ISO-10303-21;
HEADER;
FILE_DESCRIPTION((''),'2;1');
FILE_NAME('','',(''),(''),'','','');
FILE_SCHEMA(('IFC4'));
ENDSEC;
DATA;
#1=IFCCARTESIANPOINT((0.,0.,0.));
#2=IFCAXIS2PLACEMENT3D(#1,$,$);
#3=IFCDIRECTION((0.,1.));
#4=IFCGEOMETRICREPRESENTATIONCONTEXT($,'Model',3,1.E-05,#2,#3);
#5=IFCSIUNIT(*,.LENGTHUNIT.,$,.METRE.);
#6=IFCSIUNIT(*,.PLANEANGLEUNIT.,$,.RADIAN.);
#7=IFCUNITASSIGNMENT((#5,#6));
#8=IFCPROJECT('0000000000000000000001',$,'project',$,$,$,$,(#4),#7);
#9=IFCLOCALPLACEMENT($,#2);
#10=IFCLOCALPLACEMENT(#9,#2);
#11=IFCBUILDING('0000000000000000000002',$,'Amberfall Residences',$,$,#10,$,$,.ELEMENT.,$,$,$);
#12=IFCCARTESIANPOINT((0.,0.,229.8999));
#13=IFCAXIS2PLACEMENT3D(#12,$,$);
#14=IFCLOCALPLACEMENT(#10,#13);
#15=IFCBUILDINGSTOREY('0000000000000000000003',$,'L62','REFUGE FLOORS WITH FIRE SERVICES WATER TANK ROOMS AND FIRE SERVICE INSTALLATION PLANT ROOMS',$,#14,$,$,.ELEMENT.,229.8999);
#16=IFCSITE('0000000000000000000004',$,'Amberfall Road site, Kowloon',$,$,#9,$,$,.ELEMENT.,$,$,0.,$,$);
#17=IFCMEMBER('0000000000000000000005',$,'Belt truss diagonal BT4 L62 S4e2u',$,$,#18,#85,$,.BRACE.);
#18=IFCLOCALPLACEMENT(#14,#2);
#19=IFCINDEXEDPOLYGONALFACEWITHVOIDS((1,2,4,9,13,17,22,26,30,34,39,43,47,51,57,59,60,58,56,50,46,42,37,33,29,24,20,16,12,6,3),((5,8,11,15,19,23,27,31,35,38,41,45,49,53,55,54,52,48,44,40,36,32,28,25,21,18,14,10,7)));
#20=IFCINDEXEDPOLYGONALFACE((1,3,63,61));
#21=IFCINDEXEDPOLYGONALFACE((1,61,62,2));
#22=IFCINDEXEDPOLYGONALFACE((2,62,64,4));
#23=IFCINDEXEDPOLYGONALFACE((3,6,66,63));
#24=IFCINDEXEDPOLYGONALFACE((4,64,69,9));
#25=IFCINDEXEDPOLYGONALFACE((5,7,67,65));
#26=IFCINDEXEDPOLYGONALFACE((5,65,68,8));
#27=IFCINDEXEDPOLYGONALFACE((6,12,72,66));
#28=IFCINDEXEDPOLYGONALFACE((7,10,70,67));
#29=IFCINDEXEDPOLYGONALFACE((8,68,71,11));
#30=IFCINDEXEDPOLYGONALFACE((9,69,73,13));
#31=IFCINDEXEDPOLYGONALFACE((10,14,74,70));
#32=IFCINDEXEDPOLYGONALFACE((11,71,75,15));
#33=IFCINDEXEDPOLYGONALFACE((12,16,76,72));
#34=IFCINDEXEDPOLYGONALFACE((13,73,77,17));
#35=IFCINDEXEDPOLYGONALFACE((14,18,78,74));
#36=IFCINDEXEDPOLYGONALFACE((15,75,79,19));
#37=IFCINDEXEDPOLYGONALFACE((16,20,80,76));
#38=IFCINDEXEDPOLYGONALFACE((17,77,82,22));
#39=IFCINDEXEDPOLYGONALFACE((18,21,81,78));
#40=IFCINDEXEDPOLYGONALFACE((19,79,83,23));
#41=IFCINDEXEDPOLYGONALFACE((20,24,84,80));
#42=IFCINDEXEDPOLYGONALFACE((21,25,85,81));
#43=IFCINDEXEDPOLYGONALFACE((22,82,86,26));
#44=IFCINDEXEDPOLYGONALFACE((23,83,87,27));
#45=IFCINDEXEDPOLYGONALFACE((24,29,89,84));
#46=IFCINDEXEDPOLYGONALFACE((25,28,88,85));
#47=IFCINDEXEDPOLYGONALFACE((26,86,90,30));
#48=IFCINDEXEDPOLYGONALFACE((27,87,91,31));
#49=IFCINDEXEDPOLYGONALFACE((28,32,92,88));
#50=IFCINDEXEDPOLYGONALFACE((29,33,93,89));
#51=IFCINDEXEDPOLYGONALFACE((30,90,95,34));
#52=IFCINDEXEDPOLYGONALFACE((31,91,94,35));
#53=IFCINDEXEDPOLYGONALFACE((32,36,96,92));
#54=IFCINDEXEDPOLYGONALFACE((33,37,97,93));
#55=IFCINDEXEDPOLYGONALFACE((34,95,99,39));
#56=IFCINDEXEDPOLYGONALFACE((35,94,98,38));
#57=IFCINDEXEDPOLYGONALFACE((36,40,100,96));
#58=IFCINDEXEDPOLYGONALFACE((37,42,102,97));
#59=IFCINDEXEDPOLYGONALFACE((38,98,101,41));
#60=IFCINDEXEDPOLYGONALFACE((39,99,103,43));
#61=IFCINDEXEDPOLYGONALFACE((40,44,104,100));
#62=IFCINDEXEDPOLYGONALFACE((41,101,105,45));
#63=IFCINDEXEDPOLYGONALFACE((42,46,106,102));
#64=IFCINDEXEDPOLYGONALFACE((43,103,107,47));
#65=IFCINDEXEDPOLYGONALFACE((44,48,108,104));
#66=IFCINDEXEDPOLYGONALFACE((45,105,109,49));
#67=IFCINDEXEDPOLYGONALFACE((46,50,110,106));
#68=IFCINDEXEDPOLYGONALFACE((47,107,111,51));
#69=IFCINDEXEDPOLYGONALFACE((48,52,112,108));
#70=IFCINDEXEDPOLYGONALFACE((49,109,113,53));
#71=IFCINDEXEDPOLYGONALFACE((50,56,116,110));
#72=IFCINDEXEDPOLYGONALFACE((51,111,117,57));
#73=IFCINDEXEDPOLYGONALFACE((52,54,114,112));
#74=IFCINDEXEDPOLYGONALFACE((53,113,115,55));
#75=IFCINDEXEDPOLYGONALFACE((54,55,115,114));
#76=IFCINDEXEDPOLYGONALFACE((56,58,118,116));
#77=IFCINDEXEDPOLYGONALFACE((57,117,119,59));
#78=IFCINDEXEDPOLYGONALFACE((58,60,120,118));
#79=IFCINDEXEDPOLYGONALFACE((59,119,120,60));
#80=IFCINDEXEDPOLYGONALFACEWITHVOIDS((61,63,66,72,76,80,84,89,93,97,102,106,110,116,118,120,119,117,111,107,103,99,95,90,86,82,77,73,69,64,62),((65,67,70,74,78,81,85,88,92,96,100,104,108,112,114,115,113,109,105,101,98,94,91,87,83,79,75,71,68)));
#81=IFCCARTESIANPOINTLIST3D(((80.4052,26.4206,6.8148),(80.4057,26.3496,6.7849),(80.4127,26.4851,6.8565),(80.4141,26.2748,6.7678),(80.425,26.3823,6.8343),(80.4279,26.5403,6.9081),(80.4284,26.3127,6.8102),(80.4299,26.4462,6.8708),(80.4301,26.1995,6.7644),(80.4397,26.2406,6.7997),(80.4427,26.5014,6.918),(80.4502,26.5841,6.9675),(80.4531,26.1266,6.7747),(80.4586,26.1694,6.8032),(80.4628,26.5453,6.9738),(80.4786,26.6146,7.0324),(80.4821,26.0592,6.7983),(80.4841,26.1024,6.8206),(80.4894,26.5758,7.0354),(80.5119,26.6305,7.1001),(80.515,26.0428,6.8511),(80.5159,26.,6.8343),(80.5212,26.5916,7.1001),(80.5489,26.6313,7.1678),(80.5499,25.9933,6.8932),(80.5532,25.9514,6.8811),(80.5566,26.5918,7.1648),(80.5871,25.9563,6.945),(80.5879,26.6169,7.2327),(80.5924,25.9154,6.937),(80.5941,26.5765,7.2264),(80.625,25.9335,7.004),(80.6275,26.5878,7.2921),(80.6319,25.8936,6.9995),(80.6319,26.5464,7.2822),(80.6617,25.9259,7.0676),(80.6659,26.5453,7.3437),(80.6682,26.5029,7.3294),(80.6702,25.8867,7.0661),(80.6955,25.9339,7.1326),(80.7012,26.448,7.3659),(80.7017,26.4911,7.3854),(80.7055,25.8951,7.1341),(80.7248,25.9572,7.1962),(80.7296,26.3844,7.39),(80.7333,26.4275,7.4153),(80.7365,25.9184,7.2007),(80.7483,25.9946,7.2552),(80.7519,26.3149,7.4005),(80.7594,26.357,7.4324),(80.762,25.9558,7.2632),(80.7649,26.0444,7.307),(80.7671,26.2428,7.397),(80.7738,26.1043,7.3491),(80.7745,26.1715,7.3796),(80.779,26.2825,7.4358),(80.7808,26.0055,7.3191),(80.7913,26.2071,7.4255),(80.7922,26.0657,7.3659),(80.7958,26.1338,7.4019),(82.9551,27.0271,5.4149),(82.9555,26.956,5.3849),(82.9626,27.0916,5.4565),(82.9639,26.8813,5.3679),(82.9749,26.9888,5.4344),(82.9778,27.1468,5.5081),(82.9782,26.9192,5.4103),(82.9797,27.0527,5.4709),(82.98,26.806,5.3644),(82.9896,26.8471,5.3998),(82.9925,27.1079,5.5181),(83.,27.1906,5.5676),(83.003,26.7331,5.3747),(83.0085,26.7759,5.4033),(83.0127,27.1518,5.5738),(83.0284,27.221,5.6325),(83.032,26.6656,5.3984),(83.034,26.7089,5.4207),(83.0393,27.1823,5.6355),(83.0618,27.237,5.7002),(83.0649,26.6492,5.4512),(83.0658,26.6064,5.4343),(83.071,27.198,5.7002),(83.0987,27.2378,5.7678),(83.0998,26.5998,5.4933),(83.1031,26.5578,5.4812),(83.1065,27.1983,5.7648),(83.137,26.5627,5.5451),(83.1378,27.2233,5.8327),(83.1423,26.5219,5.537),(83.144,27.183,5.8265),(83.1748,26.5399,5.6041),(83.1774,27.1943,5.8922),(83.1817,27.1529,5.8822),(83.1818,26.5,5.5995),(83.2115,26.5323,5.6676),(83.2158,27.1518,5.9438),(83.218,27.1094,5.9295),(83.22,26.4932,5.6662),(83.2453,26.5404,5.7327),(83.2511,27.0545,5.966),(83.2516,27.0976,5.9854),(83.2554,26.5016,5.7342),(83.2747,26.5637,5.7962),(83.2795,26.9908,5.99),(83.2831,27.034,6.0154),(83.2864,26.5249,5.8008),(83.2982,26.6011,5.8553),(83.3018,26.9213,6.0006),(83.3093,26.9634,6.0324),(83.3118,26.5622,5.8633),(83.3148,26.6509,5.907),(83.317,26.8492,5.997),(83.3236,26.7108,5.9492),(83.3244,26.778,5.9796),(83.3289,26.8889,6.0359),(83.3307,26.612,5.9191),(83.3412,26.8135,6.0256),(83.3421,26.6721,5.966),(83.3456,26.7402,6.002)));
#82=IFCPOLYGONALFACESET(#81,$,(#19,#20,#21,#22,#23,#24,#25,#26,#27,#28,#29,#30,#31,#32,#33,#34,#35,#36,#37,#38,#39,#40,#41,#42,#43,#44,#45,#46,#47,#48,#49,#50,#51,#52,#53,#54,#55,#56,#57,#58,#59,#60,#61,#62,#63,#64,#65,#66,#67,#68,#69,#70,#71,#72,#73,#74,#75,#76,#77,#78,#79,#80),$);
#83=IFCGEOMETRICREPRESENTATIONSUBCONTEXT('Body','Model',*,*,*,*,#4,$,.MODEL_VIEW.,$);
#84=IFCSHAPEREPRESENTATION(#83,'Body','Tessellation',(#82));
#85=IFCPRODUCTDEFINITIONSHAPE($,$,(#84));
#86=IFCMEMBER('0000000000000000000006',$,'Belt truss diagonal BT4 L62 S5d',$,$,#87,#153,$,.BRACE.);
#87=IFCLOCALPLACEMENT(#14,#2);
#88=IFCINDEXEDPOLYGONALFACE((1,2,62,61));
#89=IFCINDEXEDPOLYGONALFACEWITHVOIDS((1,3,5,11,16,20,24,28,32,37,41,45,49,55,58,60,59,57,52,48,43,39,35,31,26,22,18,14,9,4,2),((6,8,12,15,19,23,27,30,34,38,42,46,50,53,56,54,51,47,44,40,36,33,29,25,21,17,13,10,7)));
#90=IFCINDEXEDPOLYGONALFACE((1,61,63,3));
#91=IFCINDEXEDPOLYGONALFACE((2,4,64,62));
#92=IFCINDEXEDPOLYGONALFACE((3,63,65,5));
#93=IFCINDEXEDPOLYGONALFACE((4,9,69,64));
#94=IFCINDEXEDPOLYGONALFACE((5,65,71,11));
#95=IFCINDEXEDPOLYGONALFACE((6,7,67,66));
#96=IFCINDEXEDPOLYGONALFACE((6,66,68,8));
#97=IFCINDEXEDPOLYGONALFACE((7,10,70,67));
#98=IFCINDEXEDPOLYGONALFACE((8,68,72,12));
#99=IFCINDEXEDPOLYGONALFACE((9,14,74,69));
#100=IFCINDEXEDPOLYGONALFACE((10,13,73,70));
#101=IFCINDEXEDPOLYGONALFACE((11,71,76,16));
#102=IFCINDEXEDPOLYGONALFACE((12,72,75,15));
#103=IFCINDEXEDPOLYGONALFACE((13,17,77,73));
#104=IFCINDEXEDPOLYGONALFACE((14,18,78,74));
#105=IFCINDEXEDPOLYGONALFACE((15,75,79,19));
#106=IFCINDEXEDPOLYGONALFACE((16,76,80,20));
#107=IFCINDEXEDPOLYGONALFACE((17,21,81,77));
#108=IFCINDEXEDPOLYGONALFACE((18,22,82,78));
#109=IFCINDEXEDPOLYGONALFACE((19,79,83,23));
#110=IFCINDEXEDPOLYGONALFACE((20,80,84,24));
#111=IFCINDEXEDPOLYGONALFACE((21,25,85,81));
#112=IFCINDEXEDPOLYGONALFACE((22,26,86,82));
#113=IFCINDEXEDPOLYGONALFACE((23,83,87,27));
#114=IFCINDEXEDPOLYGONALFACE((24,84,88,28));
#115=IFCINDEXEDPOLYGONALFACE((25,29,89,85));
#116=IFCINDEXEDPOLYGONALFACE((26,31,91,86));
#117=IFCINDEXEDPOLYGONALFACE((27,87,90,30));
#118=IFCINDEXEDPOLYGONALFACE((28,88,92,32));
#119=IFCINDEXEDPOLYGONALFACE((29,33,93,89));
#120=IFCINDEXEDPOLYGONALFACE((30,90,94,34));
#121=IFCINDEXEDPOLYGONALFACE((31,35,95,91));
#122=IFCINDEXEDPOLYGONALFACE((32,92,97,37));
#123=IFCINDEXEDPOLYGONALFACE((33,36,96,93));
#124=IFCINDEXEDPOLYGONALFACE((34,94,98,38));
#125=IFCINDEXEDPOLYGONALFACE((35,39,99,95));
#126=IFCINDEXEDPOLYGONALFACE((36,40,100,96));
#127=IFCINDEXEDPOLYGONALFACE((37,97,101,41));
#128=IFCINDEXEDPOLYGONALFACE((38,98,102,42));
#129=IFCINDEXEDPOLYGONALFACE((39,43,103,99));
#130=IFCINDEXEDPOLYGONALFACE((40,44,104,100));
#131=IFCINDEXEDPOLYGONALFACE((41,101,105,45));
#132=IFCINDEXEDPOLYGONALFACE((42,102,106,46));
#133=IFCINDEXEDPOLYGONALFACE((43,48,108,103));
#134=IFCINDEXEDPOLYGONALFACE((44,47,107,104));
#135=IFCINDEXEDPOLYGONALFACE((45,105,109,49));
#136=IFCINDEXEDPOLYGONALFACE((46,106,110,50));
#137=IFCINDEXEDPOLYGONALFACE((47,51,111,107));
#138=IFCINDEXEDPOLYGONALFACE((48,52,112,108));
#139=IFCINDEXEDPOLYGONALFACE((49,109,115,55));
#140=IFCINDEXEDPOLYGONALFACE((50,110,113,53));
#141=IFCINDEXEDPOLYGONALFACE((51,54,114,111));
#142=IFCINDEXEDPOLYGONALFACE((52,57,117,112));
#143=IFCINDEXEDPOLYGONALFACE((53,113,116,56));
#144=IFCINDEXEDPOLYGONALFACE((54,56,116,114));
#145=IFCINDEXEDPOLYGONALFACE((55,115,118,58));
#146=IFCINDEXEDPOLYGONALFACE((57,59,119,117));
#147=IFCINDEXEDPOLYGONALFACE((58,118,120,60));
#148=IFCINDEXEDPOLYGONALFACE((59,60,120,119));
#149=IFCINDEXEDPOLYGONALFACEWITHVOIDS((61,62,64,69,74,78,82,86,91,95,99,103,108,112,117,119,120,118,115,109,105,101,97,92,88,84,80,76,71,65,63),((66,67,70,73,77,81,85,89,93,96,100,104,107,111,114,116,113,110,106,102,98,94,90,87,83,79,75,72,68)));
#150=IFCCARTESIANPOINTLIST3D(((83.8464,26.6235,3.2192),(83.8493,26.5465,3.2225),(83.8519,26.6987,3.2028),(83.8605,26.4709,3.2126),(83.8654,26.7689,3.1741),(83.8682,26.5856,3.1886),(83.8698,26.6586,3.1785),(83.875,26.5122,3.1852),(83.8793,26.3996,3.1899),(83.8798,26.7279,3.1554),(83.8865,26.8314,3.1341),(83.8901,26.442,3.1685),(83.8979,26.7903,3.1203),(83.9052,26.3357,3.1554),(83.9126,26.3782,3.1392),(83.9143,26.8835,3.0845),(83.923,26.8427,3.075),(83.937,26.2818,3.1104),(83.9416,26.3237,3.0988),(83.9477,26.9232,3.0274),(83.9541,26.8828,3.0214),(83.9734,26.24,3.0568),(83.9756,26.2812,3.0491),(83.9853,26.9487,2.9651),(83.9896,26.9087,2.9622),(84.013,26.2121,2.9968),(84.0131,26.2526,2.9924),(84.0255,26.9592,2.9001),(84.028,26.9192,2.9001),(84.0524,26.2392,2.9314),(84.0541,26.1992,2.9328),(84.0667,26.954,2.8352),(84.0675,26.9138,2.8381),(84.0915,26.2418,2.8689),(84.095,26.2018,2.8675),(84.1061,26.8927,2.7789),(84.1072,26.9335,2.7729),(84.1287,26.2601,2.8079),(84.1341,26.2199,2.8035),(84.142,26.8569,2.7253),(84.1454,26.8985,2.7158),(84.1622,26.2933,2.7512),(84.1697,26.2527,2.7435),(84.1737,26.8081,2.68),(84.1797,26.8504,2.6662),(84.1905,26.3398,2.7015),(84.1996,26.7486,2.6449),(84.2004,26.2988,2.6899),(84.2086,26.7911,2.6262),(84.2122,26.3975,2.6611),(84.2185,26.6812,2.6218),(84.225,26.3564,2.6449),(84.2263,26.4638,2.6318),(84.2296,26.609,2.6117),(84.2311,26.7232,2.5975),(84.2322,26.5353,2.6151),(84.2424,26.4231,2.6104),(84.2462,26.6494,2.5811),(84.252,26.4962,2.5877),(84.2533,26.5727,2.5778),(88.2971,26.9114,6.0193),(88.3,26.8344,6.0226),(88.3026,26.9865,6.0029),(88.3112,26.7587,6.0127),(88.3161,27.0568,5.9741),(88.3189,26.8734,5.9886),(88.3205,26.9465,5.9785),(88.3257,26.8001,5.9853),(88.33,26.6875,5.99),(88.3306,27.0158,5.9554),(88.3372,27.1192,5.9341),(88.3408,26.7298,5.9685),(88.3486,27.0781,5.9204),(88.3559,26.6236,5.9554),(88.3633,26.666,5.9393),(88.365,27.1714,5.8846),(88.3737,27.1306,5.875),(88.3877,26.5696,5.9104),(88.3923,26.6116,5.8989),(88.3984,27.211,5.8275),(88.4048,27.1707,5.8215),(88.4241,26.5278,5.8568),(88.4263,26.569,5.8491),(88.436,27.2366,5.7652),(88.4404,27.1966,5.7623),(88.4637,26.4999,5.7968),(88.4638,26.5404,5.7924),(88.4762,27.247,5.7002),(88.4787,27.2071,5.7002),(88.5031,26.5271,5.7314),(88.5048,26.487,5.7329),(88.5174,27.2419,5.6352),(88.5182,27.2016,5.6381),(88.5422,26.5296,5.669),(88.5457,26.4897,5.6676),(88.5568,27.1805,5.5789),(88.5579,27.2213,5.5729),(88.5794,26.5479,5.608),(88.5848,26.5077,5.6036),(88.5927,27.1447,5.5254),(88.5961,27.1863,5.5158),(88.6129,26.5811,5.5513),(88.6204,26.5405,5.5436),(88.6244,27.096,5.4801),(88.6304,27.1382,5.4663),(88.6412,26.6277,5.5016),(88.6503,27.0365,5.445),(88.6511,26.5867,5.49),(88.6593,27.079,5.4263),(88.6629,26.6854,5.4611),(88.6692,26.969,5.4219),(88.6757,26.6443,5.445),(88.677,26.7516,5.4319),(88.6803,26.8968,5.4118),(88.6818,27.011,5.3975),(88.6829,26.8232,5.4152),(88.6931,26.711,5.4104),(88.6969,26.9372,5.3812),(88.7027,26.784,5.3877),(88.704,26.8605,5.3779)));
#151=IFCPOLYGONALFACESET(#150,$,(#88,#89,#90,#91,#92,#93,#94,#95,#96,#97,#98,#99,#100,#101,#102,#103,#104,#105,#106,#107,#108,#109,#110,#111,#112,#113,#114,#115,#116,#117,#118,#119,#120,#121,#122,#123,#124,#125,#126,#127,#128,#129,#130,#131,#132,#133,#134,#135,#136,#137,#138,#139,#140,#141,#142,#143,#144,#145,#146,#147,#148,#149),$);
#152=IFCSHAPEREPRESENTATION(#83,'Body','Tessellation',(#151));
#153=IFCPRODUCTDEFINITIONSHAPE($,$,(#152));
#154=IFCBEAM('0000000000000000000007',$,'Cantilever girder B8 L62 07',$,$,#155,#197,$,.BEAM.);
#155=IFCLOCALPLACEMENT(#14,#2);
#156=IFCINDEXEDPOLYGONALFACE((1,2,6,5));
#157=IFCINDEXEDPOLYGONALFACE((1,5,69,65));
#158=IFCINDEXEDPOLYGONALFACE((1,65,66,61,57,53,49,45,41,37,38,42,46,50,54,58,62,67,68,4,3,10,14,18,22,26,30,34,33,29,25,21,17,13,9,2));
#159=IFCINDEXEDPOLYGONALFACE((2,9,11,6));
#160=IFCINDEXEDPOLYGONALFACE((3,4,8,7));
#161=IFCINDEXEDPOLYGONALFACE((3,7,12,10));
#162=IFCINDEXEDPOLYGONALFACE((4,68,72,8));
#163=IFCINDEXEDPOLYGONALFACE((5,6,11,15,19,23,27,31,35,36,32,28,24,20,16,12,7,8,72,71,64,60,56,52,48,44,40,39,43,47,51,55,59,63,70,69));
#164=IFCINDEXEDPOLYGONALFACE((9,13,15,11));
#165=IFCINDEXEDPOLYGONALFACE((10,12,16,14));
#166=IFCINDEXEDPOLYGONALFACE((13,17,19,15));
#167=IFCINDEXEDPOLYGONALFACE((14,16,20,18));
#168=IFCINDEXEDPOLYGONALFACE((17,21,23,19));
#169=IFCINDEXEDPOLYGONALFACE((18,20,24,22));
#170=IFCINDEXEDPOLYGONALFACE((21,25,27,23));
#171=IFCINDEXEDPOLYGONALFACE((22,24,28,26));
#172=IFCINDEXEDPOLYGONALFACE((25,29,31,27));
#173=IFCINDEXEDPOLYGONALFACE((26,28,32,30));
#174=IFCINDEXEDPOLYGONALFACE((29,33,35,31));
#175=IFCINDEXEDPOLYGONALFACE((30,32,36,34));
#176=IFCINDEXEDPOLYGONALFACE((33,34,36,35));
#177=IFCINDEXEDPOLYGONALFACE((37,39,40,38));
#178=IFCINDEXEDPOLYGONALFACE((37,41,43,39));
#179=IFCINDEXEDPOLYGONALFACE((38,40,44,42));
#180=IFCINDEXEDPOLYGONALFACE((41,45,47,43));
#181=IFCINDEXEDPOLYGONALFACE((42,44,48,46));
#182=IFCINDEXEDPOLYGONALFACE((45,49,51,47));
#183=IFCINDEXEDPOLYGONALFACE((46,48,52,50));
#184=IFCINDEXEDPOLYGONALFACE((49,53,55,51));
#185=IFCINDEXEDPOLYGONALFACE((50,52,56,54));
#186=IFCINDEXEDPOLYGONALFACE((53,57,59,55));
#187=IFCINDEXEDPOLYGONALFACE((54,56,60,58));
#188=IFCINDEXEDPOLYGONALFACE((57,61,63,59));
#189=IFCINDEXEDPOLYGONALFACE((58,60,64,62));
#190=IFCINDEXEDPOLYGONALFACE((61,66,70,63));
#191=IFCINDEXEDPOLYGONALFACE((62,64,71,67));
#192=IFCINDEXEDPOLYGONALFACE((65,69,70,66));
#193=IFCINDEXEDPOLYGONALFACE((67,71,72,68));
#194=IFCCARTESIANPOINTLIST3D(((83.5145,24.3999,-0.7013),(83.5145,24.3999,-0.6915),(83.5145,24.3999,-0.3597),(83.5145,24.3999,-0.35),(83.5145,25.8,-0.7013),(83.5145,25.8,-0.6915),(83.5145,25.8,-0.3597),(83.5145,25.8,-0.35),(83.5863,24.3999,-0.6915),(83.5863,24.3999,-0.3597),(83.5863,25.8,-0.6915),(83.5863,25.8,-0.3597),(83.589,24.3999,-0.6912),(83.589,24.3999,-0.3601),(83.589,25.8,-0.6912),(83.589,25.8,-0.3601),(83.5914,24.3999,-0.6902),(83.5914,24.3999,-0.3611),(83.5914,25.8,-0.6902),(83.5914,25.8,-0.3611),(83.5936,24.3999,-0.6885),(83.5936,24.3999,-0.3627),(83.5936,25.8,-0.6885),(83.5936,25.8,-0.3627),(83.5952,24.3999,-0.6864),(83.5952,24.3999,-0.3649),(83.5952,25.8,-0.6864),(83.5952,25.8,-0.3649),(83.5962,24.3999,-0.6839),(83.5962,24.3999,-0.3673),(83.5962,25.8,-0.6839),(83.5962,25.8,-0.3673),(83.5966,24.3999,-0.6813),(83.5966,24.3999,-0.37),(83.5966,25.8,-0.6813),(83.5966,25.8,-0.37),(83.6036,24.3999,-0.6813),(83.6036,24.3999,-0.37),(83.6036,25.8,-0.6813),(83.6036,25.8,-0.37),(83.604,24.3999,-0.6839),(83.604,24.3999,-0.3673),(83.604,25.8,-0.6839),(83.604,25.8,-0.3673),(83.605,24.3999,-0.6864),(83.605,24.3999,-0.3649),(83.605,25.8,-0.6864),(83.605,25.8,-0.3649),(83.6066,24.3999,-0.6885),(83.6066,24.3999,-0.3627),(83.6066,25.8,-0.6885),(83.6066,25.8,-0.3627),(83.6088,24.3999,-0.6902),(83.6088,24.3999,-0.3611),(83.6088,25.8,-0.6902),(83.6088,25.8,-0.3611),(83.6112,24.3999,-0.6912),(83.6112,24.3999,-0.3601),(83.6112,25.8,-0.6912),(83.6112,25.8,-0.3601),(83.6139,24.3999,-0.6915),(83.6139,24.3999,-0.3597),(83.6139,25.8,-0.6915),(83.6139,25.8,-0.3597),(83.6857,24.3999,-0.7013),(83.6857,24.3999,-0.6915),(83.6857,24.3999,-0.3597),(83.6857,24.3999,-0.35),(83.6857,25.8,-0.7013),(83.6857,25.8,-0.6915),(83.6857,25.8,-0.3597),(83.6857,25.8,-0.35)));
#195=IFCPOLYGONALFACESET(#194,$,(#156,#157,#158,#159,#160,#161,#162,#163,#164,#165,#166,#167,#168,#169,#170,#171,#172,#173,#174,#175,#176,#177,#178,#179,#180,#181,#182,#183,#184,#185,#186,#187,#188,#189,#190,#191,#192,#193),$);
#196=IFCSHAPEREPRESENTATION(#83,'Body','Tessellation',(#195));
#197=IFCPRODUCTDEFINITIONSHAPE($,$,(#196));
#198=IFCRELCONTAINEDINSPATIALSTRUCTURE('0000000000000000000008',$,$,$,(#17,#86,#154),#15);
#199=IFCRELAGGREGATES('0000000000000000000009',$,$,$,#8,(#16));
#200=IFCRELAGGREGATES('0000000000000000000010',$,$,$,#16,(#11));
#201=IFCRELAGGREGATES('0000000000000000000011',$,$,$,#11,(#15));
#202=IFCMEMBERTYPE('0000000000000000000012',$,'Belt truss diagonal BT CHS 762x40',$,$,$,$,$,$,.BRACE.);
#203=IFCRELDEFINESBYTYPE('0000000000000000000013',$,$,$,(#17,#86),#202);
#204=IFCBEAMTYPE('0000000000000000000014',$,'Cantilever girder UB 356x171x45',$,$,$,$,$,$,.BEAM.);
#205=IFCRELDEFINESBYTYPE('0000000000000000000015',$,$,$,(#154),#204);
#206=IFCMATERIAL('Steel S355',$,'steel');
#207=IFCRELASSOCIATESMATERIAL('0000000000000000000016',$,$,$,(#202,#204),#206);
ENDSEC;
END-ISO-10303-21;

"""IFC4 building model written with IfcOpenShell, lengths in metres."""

from ifc_helpers import new_model, si_unit, direction, frame, origin, origin_2d, place, context, subcontext, project, spatial, hollow_circle, i_section, extrude, material, material_profile, profile_set, type_object, element, save


model = new_model("IFC4")

# Units and contexts
model_context = context("Model", 3, precision=1e-05, world=origin(), true_north=direction((0.0, 1.0)))
body_context = subcontext(model_context, "Body", "Model", "MODEL_VIEW")
ifc_project = project(units=[si_unit("LENGTHUNIT", "METRE"), si_unit("PLANEANGLEUNIT", "RADIAN")], contexts=[model_context])

# Site, building, storey
site_placement = place(None, origin())
site = spatial("IfcSite", under=ifc_project, at=site_placement, Name="Amberfall Road site, Kowloon", CompositionType="ELEMENT", RefElevation=0.0)
building_placement = place(site_placement, origin())
building = spatial("IfcBuilding", under=site, at=building_placement, Name="Amberfall Residences", CompositionType="ELEMENT")
storey_placement = place(building_placement, frame((0.0, 0.0, 229.8999)))
storey = spatial("IfcBuildingStorey", under=building, at=storey_placement, Name="L62", Description="REFUGE FLOORS WITH FIRE SERVICES WATER TANK ROOMS AND FIRE SERVICE INSTALLATION PLANT ROOMS", CompositionType="ELEMENT", Elevation=229.8999)

# Shared definitions
ifc_material_1 = material(Name="Steel S355", Category="steel")

# Members
ifc_material_profile_1 = material_profile(ifc_material_1, hollow_circle(Radius=0.3811, WallThickness=0.04, at=origin_2d()), Name="CHS 762x40")
ifc_profile_set_1 = profile_set([ifc_material_profile_1], Name="Steel S355")
member_type = type_object("IfcMemberType", Name="Belt truss diagonal BT CHS 762x40", PredefinedType="BRACE", material=ifc_profile_set_1)
member_1_placement = place(storey_placement, frame((80.6001, 26.2598, 7.1001), z_axis=(0.858126, 0.204097, -0.471131), x_axis=(-0.231385, 0.972862, 0.0)))
element("IfcMember", 1, at=member_1_placement, inside=storey, type_object=member_type, Name="Belt truss diagonal BT4 L62 S4e2u", PredefinedType="BRACE", context=body_context, shape_type="SweptSolid", body=[
    extrude(hollow_circle(Radius=0.3811, WallThickness=0.04, at=origin_2d()), origin(), (0.0, 0.0, 1.0), 2.9714),
])
member_2_placement = place(storey_placement, frame((84.05, 26.5789, 2.9001), z_axis=(0.845159, 0.054659, 0.531713), x_axis=(-0.064539, 0.997915, 0.0)))
element("IfcMember", 2, at=member_2_placement, inside=storey, type_object=member_type, Name="Belt truss diagonal BT4 L62 S5d", PredefinedType="BRACE", context=body_context, shape_type="SweptSolid", body=[
    extrude(hollow_circle(Radius=0.3811, WallThickness=0.04, at=origin_2d()), origin(), (0.0, 0.0, 1.0), 5.2661),
])

# Beam
ifc_material_profile_2 = material_profile(ifc_material_1, i_section(OverallWidth=0.1711, OverallDepth=0.3513, WebThickness=0.0071, FlangeThickness=0.0098, FilletRadius=0.0103, at=origin_2d()), Name="UB 356x171x45")
ifc_profile_set_2 = profile_set([ifc_material_profile_2], Name="Steel S355")
beam_type_1 = type_object("IfcBeamType", Name="Cantilever girder UB 356x171x45", PredefinedType="BEAM", material=ifc_profile_set_2)
beam_1_placement = place(storey_placement, frame((83.6001, 25.8, -0.5256), z_axis=(0.0, -1.0, 0.0), x_axis=(1.0, 0.0, 0.0)))
element("IfcBeam", 3, at=beam_1_placement, inside=storey, type_object=beam_type_1, Name="Cantilever girder B8 L62 07", PredefinedType="BEAM", context=body_context, shape_type="SweptSolid", body=[
    extrude(i_section(OverallWidth=0.1711, OverallDepth=0.3513, WebThickness=0.0071, FlangeThickness=0.0098, FilletRadius=0.0103, at=origin_2d()), origin(), (0.0, 0.0, 1.0), 1.4001),
])

save(model, "model.ifc")
